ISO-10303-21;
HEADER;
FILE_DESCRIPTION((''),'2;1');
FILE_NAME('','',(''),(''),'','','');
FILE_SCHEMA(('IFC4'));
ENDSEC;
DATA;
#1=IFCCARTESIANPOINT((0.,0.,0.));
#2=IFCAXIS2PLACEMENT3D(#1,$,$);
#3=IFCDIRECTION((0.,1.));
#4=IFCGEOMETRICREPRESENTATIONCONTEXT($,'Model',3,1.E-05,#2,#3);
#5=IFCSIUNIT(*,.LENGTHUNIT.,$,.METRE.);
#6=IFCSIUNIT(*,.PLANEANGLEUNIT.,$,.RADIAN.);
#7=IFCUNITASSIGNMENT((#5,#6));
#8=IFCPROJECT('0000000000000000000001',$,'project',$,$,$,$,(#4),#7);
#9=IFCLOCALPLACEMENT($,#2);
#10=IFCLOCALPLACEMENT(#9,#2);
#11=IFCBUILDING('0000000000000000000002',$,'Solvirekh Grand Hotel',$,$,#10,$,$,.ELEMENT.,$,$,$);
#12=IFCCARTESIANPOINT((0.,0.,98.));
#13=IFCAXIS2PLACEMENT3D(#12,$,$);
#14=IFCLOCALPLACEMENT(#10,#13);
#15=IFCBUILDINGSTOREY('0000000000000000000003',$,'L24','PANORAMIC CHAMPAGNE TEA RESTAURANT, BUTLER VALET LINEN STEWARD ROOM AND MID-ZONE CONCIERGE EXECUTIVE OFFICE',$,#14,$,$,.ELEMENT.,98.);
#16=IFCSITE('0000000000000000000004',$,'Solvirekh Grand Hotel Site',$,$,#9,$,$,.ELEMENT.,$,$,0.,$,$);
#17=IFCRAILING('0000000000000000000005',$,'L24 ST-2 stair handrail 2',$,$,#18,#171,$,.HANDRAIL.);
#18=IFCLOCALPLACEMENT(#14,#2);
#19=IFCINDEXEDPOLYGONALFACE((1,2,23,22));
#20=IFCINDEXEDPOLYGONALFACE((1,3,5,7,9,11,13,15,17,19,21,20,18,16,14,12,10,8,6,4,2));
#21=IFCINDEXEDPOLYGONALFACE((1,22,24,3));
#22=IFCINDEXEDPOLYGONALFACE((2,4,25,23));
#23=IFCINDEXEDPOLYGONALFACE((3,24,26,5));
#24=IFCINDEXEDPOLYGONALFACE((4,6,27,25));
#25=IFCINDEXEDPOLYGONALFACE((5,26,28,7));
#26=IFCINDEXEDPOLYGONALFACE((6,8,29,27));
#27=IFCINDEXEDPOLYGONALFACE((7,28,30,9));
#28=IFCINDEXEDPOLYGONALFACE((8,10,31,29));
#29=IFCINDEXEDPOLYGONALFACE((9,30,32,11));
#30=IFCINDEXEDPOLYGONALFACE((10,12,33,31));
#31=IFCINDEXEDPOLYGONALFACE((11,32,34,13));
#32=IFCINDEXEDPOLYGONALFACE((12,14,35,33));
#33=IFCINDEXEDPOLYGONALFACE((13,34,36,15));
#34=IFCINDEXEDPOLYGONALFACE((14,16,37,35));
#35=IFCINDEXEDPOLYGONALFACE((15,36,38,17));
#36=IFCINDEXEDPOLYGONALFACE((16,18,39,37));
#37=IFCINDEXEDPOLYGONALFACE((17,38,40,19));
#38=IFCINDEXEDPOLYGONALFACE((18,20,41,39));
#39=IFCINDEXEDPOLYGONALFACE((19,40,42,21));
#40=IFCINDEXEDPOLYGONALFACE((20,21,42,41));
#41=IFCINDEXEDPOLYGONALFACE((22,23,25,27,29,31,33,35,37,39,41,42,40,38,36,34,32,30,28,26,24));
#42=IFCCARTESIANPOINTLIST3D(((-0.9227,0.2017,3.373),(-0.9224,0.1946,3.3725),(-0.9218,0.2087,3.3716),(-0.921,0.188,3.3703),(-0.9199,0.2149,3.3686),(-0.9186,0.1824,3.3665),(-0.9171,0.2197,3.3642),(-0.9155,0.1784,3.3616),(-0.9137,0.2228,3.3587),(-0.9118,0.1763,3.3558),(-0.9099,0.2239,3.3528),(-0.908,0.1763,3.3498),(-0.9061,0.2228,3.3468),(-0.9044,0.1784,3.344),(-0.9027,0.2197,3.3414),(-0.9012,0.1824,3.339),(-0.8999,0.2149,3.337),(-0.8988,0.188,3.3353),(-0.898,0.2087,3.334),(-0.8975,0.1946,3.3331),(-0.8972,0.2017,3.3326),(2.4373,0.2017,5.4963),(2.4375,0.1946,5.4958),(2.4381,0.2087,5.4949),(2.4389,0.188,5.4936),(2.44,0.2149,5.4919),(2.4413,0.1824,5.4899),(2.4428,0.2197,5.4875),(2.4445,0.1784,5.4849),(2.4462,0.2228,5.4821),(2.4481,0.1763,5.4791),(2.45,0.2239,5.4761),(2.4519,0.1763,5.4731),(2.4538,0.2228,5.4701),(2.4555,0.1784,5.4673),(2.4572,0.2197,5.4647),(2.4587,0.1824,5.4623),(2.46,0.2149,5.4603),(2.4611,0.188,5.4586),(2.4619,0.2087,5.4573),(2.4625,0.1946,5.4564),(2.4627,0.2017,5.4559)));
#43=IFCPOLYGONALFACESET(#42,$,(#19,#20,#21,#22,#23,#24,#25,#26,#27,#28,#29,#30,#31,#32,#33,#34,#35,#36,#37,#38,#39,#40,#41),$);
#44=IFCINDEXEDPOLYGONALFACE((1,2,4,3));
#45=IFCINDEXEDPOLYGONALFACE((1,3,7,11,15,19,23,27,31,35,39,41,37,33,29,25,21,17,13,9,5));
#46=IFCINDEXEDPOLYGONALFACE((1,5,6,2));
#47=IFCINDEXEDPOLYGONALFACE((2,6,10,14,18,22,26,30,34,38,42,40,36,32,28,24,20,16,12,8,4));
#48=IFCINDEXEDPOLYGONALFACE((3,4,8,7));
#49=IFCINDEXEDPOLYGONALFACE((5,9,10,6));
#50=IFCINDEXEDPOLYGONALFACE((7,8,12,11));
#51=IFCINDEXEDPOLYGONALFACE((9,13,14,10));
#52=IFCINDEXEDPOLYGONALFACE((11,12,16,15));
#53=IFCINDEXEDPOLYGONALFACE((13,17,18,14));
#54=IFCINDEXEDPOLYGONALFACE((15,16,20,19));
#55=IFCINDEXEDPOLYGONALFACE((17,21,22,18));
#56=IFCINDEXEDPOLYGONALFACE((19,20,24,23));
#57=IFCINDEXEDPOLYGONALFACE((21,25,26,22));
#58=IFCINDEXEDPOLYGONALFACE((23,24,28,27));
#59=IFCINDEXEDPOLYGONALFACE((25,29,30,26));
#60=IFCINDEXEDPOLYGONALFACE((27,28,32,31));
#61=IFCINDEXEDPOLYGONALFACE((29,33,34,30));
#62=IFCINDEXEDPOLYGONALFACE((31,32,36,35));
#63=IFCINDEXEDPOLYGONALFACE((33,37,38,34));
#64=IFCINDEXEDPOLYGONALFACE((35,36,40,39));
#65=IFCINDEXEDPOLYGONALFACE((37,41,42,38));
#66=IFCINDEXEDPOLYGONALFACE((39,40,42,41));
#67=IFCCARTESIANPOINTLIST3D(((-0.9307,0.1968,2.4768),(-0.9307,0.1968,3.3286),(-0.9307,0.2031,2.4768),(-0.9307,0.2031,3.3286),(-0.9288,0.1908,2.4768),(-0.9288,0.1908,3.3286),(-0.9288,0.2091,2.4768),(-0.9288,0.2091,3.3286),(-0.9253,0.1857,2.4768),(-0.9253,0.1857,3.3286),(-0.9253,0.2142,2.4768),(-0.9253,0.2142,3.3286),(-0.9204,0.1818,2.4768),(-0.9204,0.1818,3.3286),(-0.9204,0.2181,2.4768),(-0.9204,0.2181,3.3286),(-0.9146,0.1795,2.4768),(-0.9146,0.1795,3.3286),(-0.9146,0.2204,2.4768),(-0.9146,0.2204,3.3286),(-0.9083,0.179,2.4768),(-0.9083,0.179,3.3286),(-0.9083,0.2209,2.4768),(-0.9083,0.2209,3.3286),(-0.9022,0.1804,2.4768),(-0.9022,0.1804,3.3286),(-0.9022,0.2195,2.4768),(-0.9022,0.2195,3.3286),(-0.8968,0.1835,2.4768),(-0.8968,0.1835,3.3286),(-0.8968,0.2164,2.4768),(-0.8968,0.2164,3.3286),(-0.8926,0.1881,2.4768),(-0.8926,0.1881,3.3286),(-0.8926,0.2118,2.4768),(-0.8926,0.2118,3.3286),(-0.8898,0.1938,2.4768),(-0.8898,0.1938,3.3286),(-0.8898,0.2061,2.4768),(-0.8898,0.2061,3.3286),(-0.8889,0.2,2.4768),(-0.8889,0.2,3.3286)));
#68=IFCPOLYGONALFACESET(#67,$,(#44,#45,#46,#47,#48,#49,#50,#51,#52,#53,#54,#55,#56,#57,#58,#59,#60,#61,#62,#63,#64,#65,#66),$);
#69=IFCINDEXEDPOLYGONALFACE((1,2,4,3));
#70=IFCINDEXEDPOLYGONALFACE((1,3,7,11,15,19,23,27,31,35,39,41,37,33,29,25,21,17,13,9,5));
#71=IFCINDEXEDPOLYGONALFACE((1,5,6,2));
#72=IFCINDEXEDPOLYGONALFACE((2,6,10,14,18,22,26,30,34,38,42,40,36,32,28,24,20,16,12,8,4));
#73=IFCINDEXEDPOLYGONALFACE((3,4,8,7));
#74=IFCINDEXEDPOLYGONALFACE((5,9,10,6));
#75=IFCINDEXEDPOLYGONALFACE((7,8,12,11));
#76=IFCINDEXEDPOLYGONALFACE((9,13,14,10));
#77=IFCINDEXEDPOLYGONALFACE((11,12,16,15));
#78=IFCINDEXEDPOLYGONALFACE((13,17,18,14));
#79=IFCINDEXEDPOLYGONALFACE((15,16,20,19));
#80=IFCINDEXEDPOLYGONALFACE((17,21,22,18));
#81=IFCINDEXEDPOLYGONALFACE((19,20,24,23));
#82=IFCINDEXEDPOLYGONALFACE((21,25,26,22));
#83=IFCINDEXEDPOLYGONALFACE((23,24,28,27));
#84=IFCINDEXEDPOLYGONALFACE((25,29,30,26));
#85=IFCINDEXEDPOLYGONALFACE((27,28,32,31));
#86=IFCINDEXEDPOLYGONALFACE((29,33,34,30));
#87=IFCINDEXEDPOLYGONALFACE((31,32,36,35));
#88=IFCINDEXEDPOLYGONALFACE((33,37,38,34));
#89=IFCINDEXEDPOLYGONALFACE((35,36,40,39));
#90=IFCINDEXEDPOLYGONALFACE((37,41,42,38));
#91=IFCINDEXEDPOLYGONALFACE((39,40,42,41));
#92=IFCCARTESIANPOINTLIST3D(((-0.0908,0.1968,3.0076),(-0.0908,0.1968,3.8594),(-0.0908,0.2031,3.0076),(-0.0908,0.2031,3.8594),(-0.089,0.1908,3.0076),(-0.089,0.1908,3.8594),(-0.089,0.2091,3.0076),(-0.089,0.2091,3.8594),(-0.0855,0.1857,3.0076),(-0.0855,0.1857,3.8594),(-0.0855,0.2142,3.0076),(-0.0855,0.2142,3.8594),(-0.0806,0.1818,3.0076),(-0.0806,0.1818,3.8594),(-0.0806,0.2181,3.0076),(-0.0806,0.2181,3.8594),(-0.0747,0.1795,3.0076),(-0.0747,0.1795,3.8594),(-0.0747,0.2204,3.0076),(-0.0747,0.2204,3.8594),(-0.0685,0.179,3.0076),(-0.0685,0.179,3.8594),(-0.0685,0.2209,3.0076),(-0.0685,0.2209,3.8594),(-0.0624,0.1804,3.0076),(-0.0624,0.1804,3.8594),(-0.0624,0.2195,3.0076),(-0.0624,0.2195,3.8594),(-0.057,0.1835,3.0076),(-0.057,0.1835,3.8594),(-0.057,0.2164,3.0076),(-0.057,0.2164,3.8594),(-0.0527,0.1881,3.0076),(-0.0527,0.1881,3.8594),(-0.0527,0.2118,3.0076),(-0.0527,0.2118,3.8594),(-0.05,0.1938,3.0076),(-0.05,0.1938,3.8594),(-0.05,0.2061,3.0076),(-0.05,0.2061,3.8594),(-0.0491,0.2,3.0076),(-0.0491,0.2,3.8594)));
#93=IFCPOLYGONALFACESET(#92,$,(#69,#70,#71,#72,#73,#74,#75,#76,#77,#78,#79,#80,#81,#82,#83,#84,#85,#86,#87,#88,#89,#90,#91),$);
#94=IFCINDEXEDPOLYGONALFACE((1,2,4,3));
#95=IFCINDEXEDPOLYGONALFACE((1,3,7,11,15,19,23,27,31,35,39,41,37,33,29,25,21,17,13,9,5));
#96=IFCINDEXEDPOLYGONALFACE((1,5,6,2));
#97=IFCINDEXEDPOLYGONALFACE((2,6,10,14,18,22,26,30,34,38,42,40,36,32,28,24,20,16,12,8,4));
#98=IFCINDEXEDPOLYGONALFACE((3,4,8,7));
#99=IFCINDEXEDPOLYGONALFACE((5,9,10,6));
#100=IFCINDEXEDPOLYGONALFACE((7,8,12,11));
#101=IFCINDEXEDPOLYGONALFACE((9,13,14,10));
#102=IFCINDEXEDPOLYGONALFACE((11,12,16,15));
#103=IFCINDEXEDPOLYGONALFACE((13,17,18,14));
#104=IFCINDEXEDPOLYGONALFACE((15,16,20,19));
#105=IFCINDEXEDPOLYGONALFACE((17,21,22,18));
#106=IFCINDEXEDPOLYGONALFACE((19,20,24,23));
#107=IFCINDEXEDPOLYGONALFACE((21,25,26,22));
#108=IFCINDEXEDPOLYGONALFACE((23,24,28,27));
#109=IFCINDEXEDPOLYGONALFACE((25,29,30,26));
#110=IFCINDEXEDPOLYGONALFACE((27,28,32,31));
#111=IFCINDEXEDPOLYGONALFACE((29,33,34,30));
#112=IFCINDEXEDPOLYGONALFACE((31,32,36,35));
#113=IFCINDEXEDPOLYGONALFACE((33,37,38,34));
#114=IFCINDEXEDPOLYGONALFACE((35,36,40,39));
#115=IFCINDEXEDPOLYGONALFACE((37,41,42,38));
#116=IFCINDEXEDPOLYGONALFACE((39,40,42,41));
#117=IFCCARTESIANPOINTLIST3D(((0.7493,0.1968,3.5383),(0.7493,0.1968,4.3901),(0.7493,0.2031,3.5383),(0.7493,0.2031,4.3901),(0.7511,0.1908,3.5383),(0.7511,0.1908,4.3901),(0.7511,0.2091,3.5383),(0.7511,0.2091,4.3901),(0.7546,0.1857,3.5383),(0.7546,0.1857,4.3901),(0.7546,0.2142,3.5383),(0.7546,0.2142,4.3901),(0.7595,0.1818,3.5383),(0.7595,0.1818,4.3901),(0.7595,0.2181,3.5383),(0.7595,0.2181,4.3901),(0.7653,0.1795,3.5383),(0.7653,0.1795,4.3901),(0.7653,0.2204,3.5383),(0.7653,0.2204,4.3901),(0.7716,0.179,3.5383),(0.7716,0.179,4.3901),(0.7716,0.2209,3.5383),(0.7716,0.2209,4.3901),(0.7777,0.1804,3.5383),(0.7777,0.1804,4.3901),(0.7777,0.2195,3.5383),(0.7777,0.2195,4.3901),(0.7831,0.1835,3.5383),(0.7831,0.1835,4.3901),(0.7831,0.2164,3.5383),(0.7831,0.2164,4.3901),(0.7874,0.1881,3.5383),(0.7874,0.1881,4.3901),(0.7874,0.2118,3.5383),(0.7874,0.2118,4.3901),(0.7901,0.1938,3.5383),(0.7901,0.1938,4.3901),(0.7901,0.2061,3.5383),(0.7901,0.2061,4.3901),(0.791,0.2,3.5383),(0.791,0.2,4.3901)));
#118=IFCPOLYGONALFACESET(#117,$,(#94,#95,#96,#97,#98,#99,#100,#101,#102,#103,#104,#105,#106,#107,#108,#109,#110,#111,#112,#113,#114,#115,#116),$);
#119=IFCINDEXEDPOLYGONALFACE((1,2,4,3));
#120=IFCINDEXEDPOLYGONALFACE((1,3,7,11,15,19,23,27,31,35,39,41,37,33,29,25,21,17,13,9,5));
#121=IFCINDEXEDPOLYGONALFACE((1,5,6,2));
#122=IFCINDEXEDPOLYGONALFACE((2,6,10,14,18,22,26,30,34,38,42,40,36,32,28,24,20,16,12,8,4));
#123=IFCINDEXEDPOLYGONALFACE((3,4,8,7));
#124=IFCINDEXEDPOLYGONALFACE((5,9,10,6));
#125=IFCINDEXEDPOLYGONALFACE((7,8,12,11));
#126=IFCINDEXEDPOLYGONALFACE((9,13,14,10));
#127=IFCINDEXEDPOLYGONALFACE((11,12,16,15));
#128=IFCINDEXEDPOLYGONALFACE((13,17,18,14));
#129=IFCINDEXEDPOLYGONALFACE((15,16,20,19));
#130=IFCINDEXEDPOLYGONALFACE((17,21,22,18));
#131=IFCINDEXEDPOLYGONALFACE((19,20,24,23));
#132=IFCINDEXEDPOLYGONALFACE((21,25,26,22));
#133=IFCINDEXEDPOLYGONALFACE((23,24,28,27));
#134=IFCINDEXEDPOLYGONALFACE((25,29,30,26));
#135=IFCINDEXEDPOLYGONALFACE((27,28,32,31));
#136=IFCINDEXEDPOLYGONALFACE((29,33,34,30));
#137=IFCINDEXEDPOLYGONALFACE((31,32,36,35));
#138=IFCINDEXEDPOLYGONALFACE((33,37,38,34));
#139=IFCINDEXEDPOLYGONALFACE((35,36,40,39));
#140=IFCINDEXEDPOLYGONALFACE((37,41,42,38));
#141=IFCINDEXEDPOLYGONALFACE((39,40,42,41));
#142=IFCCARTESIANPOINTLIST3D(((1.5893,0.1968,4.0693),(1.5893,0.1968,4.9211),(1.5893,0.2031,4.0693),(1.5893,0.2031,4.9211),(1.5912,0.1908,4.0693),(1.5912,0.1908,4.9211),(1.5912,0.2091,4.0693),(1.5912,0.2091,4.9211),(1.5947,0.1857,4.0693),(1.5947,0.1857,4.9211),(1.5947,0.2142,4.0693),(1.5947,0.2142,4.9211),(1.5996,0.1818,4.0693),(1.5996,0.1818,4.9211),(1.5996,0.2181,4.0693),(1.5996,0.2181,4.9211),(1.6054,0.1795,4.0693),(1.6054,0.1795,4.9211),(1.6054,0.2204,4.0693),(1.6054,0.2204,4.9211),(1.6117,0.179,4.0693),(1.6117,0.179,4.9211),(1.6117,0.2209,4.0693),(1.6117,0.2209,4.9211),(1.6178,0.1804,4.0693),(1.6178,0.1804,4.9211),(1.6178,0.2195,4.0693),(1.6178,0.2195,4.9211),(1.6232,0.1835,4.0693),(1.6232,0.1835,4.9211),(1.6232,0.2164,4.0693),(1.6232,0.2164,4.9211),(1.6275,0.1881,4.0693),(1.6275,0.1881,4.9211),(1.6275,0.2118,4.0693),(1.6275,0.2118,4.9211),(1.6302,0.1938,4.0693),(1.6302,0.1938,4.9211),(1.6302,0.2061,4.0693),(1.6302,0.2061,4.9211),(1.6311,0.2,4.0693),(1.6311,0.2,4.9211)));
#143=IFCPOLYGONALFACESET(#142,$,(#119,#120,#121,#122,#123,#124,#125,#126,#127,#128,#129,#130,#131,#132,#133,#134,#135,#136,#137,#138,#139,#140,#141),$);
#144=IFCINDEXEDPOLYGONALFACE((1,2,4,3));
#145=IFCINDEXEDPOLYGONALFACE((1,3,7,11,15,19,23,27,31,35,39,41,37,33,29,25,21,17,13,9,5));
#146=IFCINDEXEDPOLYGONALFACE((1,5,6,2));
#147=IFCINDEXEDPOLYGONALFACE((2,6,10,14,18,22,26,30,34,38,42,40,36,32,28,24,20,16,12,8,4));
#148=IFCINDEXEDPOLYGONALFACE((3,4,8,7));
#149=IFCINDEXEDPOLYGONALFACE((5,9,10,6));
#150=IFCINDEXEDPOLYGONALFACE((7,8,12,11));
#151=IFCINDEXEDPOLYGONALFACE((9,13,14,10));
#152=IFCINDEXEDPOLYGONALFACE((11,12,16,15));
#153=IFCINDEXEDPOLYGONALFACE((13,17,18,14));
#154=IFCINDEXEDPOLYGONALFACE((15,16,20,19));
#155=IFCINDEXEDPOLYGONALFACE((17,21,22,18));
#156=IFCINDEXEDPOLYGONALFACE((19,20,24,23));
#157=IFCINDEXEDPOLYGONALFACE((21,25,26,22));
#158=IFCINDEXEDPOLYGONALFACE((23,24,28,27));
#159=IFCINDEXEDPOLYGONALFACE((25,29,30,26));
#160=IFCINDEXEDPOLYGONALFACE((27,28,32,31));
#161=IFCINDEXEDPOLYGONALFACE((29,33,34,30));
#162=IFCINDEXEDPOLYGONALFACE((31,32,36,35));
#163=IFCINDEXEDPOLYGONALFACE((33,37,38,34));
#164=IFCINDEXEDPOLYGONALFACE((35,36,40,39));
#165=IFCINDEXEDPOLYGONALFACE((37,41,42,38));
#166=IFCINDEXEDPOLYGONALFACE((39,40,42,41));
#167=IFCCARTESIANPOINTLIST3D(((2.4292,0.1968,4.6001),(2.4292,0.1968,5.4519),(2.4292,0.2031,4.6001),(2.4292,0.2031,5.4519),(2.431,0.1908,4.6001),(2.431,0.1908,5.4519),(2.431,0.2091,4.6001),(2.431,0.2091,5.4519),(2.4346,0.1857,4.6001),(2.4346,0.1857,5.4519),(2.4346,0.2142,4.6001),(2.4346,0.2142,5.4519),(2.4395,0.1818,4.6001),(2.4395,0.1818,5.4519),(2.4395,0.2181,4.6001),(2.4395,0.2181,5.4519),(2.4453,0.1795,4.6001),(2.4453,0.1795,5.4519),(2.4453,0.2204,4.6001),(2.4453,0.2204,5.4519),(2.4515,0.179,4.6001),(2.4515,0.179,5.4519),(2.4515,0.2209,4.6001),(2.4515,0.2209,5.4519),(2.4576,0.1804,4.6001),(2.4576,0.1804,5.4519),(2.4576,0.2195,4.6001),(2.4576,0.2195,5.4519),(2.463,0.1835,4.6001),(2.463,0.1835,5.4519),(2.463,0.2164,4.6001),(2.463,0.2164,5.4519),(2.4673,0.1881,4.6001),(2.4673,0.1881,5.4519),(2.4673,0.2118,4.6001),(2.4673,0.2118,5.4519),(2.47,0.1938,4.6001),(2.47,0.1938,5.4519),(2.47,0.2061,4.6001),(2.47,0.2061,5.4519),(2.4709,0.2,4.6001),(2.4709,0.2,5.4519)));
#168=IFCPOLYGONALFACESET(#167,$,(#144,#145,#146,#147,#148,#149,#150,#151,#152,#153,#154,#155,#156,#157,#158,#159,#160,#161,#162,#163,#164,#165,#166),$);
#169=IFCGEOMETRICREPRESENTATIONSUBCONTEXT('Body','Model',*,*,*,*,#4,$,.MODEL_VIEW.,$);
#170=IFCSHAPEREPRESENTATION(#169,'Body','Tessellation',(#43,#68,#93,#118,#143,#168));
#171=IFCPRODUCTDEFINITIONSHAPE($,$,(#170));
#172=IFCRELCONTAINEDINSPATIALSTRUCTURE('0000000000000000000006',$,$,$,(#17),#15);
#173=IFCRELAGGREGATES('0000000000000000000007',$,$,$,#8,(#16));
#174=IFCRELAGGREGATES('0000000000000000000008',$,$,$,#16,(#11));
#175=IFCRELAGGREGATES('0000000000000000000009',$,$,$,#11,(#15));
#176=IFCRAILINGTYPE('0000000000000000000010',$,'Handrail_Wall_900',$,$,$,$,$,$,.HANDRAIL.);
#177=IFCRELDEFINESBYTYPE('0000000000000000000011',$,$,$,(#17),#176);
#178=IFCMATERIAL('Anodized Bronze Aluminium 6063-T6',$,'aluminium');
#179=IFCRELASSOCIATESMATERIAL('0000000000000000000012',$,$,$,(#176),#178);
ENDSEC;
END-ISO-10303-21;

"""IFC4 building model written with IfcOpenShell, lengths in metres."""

from ifc_helpers import new_model, si_unit, direction, frame, origin, origin_2d, place, context, subcontext, project, spatial, circle, extrude, material, type_object, element, save


model = new_model("IFC4")

# Units and contexts
model_context = context("Model", 3, precision=1e-05, world=origin(), true_north=direction((0.0, 1.0)))
body_context = subcontext(model_context, "Body", "Model", "MODEL_VIEW")
ifc_project = project(units=[si_unit("LENGTHUNIT", "METRE"), si_unit("PLANEANGLEUNIT", "RADIAN")], contexts=[model_context])

# Site, building, storey
site_placement = place(None, origin())
site = spatial("IfcSite", under=ifc_project, at=site_placement, Name="Solvirekh Grand Hotel Site", CompositionType="ELEMENT", RefElevation=0.0)
building_placement = place(site_placement, origin())
building = spatial("IfcBuilding", under=site, at=building_placement, Name="Solvirekh Grand Hotel", CompositionType="ELEMENT")
storey_placement = place(building_placement, frame((0.0, 0.0, 98.0)))
storey = spatial("IfcBuildingStorey", under=building, at=storey_placement, Name="L24", Description="PANORAMIC CHAMPAGNE TEA RESTAURANT, BUTLER VALET LINEN STEWARD ROOM AND MID-ZONE CONCIERGE EXECUTIVE OFFICE", CompositionType="ELEMENT", Elevation=98.0)

# Railing
ifc_material_1 = material(Name="Anodized Bronze Aluminium 6063-T6", Category="aluminium")
railing_type_1 = type_object("IfcRailingType", Name="Handrail_Wall_900", PredefinedType="HANDRAIL", material=ifc_material_1)
railing_1_placement = place(storey_placement, frame((-0.9099, 0.2, 2.4768)))
element("IfcRailing", 1, at=railing_1_placement, inside=storey, type_object=railing_type_1, Name="L24 ST-2 stair handrail 2", PredefinedType="HANDRAIL", context=body_context, shape_type="SweptSolid", body=[
    extrude(circle(Radius=0.0239, at=origin_2d()), frame((0.0, 0.0, 0.876), z_axis=(0.845344, 0.0, 0.534222), x_axis=(0.0, 1.0, 0.0)), (0.0, 0.0, 1.0), 3.9746),
    extrude(circle(Radius=0.021, at=origin_2d()), origin(), (0.0, 0.0, 1.0), 0.8518),
    extrude(circle(Radius=0.021, at=origin_2d()), frame((0.8398, 0.0, 0.5308)), (0.0, 0.0, 1.0), 0.8518),
    extrude(circle(Radius=0.021, at=origin_2d()), frame((1.6799, 0.0, 1.0615)), (0.0, 0.0, 1.0), 0.8518),
    extrude(circle(Radius=0.021, at=origin_2d()), frame((2.52, 0.0, 1.5925)), (0.0, 0.0, 1.0), 0.8518),
    extrude(circle(Radius=0.021, at=origin_2d()), frame((3.3599, 0.0, 2.1233)), (0.0, 0.0, 1.0), 0.8518),
])

save(model, "model.ifc")
